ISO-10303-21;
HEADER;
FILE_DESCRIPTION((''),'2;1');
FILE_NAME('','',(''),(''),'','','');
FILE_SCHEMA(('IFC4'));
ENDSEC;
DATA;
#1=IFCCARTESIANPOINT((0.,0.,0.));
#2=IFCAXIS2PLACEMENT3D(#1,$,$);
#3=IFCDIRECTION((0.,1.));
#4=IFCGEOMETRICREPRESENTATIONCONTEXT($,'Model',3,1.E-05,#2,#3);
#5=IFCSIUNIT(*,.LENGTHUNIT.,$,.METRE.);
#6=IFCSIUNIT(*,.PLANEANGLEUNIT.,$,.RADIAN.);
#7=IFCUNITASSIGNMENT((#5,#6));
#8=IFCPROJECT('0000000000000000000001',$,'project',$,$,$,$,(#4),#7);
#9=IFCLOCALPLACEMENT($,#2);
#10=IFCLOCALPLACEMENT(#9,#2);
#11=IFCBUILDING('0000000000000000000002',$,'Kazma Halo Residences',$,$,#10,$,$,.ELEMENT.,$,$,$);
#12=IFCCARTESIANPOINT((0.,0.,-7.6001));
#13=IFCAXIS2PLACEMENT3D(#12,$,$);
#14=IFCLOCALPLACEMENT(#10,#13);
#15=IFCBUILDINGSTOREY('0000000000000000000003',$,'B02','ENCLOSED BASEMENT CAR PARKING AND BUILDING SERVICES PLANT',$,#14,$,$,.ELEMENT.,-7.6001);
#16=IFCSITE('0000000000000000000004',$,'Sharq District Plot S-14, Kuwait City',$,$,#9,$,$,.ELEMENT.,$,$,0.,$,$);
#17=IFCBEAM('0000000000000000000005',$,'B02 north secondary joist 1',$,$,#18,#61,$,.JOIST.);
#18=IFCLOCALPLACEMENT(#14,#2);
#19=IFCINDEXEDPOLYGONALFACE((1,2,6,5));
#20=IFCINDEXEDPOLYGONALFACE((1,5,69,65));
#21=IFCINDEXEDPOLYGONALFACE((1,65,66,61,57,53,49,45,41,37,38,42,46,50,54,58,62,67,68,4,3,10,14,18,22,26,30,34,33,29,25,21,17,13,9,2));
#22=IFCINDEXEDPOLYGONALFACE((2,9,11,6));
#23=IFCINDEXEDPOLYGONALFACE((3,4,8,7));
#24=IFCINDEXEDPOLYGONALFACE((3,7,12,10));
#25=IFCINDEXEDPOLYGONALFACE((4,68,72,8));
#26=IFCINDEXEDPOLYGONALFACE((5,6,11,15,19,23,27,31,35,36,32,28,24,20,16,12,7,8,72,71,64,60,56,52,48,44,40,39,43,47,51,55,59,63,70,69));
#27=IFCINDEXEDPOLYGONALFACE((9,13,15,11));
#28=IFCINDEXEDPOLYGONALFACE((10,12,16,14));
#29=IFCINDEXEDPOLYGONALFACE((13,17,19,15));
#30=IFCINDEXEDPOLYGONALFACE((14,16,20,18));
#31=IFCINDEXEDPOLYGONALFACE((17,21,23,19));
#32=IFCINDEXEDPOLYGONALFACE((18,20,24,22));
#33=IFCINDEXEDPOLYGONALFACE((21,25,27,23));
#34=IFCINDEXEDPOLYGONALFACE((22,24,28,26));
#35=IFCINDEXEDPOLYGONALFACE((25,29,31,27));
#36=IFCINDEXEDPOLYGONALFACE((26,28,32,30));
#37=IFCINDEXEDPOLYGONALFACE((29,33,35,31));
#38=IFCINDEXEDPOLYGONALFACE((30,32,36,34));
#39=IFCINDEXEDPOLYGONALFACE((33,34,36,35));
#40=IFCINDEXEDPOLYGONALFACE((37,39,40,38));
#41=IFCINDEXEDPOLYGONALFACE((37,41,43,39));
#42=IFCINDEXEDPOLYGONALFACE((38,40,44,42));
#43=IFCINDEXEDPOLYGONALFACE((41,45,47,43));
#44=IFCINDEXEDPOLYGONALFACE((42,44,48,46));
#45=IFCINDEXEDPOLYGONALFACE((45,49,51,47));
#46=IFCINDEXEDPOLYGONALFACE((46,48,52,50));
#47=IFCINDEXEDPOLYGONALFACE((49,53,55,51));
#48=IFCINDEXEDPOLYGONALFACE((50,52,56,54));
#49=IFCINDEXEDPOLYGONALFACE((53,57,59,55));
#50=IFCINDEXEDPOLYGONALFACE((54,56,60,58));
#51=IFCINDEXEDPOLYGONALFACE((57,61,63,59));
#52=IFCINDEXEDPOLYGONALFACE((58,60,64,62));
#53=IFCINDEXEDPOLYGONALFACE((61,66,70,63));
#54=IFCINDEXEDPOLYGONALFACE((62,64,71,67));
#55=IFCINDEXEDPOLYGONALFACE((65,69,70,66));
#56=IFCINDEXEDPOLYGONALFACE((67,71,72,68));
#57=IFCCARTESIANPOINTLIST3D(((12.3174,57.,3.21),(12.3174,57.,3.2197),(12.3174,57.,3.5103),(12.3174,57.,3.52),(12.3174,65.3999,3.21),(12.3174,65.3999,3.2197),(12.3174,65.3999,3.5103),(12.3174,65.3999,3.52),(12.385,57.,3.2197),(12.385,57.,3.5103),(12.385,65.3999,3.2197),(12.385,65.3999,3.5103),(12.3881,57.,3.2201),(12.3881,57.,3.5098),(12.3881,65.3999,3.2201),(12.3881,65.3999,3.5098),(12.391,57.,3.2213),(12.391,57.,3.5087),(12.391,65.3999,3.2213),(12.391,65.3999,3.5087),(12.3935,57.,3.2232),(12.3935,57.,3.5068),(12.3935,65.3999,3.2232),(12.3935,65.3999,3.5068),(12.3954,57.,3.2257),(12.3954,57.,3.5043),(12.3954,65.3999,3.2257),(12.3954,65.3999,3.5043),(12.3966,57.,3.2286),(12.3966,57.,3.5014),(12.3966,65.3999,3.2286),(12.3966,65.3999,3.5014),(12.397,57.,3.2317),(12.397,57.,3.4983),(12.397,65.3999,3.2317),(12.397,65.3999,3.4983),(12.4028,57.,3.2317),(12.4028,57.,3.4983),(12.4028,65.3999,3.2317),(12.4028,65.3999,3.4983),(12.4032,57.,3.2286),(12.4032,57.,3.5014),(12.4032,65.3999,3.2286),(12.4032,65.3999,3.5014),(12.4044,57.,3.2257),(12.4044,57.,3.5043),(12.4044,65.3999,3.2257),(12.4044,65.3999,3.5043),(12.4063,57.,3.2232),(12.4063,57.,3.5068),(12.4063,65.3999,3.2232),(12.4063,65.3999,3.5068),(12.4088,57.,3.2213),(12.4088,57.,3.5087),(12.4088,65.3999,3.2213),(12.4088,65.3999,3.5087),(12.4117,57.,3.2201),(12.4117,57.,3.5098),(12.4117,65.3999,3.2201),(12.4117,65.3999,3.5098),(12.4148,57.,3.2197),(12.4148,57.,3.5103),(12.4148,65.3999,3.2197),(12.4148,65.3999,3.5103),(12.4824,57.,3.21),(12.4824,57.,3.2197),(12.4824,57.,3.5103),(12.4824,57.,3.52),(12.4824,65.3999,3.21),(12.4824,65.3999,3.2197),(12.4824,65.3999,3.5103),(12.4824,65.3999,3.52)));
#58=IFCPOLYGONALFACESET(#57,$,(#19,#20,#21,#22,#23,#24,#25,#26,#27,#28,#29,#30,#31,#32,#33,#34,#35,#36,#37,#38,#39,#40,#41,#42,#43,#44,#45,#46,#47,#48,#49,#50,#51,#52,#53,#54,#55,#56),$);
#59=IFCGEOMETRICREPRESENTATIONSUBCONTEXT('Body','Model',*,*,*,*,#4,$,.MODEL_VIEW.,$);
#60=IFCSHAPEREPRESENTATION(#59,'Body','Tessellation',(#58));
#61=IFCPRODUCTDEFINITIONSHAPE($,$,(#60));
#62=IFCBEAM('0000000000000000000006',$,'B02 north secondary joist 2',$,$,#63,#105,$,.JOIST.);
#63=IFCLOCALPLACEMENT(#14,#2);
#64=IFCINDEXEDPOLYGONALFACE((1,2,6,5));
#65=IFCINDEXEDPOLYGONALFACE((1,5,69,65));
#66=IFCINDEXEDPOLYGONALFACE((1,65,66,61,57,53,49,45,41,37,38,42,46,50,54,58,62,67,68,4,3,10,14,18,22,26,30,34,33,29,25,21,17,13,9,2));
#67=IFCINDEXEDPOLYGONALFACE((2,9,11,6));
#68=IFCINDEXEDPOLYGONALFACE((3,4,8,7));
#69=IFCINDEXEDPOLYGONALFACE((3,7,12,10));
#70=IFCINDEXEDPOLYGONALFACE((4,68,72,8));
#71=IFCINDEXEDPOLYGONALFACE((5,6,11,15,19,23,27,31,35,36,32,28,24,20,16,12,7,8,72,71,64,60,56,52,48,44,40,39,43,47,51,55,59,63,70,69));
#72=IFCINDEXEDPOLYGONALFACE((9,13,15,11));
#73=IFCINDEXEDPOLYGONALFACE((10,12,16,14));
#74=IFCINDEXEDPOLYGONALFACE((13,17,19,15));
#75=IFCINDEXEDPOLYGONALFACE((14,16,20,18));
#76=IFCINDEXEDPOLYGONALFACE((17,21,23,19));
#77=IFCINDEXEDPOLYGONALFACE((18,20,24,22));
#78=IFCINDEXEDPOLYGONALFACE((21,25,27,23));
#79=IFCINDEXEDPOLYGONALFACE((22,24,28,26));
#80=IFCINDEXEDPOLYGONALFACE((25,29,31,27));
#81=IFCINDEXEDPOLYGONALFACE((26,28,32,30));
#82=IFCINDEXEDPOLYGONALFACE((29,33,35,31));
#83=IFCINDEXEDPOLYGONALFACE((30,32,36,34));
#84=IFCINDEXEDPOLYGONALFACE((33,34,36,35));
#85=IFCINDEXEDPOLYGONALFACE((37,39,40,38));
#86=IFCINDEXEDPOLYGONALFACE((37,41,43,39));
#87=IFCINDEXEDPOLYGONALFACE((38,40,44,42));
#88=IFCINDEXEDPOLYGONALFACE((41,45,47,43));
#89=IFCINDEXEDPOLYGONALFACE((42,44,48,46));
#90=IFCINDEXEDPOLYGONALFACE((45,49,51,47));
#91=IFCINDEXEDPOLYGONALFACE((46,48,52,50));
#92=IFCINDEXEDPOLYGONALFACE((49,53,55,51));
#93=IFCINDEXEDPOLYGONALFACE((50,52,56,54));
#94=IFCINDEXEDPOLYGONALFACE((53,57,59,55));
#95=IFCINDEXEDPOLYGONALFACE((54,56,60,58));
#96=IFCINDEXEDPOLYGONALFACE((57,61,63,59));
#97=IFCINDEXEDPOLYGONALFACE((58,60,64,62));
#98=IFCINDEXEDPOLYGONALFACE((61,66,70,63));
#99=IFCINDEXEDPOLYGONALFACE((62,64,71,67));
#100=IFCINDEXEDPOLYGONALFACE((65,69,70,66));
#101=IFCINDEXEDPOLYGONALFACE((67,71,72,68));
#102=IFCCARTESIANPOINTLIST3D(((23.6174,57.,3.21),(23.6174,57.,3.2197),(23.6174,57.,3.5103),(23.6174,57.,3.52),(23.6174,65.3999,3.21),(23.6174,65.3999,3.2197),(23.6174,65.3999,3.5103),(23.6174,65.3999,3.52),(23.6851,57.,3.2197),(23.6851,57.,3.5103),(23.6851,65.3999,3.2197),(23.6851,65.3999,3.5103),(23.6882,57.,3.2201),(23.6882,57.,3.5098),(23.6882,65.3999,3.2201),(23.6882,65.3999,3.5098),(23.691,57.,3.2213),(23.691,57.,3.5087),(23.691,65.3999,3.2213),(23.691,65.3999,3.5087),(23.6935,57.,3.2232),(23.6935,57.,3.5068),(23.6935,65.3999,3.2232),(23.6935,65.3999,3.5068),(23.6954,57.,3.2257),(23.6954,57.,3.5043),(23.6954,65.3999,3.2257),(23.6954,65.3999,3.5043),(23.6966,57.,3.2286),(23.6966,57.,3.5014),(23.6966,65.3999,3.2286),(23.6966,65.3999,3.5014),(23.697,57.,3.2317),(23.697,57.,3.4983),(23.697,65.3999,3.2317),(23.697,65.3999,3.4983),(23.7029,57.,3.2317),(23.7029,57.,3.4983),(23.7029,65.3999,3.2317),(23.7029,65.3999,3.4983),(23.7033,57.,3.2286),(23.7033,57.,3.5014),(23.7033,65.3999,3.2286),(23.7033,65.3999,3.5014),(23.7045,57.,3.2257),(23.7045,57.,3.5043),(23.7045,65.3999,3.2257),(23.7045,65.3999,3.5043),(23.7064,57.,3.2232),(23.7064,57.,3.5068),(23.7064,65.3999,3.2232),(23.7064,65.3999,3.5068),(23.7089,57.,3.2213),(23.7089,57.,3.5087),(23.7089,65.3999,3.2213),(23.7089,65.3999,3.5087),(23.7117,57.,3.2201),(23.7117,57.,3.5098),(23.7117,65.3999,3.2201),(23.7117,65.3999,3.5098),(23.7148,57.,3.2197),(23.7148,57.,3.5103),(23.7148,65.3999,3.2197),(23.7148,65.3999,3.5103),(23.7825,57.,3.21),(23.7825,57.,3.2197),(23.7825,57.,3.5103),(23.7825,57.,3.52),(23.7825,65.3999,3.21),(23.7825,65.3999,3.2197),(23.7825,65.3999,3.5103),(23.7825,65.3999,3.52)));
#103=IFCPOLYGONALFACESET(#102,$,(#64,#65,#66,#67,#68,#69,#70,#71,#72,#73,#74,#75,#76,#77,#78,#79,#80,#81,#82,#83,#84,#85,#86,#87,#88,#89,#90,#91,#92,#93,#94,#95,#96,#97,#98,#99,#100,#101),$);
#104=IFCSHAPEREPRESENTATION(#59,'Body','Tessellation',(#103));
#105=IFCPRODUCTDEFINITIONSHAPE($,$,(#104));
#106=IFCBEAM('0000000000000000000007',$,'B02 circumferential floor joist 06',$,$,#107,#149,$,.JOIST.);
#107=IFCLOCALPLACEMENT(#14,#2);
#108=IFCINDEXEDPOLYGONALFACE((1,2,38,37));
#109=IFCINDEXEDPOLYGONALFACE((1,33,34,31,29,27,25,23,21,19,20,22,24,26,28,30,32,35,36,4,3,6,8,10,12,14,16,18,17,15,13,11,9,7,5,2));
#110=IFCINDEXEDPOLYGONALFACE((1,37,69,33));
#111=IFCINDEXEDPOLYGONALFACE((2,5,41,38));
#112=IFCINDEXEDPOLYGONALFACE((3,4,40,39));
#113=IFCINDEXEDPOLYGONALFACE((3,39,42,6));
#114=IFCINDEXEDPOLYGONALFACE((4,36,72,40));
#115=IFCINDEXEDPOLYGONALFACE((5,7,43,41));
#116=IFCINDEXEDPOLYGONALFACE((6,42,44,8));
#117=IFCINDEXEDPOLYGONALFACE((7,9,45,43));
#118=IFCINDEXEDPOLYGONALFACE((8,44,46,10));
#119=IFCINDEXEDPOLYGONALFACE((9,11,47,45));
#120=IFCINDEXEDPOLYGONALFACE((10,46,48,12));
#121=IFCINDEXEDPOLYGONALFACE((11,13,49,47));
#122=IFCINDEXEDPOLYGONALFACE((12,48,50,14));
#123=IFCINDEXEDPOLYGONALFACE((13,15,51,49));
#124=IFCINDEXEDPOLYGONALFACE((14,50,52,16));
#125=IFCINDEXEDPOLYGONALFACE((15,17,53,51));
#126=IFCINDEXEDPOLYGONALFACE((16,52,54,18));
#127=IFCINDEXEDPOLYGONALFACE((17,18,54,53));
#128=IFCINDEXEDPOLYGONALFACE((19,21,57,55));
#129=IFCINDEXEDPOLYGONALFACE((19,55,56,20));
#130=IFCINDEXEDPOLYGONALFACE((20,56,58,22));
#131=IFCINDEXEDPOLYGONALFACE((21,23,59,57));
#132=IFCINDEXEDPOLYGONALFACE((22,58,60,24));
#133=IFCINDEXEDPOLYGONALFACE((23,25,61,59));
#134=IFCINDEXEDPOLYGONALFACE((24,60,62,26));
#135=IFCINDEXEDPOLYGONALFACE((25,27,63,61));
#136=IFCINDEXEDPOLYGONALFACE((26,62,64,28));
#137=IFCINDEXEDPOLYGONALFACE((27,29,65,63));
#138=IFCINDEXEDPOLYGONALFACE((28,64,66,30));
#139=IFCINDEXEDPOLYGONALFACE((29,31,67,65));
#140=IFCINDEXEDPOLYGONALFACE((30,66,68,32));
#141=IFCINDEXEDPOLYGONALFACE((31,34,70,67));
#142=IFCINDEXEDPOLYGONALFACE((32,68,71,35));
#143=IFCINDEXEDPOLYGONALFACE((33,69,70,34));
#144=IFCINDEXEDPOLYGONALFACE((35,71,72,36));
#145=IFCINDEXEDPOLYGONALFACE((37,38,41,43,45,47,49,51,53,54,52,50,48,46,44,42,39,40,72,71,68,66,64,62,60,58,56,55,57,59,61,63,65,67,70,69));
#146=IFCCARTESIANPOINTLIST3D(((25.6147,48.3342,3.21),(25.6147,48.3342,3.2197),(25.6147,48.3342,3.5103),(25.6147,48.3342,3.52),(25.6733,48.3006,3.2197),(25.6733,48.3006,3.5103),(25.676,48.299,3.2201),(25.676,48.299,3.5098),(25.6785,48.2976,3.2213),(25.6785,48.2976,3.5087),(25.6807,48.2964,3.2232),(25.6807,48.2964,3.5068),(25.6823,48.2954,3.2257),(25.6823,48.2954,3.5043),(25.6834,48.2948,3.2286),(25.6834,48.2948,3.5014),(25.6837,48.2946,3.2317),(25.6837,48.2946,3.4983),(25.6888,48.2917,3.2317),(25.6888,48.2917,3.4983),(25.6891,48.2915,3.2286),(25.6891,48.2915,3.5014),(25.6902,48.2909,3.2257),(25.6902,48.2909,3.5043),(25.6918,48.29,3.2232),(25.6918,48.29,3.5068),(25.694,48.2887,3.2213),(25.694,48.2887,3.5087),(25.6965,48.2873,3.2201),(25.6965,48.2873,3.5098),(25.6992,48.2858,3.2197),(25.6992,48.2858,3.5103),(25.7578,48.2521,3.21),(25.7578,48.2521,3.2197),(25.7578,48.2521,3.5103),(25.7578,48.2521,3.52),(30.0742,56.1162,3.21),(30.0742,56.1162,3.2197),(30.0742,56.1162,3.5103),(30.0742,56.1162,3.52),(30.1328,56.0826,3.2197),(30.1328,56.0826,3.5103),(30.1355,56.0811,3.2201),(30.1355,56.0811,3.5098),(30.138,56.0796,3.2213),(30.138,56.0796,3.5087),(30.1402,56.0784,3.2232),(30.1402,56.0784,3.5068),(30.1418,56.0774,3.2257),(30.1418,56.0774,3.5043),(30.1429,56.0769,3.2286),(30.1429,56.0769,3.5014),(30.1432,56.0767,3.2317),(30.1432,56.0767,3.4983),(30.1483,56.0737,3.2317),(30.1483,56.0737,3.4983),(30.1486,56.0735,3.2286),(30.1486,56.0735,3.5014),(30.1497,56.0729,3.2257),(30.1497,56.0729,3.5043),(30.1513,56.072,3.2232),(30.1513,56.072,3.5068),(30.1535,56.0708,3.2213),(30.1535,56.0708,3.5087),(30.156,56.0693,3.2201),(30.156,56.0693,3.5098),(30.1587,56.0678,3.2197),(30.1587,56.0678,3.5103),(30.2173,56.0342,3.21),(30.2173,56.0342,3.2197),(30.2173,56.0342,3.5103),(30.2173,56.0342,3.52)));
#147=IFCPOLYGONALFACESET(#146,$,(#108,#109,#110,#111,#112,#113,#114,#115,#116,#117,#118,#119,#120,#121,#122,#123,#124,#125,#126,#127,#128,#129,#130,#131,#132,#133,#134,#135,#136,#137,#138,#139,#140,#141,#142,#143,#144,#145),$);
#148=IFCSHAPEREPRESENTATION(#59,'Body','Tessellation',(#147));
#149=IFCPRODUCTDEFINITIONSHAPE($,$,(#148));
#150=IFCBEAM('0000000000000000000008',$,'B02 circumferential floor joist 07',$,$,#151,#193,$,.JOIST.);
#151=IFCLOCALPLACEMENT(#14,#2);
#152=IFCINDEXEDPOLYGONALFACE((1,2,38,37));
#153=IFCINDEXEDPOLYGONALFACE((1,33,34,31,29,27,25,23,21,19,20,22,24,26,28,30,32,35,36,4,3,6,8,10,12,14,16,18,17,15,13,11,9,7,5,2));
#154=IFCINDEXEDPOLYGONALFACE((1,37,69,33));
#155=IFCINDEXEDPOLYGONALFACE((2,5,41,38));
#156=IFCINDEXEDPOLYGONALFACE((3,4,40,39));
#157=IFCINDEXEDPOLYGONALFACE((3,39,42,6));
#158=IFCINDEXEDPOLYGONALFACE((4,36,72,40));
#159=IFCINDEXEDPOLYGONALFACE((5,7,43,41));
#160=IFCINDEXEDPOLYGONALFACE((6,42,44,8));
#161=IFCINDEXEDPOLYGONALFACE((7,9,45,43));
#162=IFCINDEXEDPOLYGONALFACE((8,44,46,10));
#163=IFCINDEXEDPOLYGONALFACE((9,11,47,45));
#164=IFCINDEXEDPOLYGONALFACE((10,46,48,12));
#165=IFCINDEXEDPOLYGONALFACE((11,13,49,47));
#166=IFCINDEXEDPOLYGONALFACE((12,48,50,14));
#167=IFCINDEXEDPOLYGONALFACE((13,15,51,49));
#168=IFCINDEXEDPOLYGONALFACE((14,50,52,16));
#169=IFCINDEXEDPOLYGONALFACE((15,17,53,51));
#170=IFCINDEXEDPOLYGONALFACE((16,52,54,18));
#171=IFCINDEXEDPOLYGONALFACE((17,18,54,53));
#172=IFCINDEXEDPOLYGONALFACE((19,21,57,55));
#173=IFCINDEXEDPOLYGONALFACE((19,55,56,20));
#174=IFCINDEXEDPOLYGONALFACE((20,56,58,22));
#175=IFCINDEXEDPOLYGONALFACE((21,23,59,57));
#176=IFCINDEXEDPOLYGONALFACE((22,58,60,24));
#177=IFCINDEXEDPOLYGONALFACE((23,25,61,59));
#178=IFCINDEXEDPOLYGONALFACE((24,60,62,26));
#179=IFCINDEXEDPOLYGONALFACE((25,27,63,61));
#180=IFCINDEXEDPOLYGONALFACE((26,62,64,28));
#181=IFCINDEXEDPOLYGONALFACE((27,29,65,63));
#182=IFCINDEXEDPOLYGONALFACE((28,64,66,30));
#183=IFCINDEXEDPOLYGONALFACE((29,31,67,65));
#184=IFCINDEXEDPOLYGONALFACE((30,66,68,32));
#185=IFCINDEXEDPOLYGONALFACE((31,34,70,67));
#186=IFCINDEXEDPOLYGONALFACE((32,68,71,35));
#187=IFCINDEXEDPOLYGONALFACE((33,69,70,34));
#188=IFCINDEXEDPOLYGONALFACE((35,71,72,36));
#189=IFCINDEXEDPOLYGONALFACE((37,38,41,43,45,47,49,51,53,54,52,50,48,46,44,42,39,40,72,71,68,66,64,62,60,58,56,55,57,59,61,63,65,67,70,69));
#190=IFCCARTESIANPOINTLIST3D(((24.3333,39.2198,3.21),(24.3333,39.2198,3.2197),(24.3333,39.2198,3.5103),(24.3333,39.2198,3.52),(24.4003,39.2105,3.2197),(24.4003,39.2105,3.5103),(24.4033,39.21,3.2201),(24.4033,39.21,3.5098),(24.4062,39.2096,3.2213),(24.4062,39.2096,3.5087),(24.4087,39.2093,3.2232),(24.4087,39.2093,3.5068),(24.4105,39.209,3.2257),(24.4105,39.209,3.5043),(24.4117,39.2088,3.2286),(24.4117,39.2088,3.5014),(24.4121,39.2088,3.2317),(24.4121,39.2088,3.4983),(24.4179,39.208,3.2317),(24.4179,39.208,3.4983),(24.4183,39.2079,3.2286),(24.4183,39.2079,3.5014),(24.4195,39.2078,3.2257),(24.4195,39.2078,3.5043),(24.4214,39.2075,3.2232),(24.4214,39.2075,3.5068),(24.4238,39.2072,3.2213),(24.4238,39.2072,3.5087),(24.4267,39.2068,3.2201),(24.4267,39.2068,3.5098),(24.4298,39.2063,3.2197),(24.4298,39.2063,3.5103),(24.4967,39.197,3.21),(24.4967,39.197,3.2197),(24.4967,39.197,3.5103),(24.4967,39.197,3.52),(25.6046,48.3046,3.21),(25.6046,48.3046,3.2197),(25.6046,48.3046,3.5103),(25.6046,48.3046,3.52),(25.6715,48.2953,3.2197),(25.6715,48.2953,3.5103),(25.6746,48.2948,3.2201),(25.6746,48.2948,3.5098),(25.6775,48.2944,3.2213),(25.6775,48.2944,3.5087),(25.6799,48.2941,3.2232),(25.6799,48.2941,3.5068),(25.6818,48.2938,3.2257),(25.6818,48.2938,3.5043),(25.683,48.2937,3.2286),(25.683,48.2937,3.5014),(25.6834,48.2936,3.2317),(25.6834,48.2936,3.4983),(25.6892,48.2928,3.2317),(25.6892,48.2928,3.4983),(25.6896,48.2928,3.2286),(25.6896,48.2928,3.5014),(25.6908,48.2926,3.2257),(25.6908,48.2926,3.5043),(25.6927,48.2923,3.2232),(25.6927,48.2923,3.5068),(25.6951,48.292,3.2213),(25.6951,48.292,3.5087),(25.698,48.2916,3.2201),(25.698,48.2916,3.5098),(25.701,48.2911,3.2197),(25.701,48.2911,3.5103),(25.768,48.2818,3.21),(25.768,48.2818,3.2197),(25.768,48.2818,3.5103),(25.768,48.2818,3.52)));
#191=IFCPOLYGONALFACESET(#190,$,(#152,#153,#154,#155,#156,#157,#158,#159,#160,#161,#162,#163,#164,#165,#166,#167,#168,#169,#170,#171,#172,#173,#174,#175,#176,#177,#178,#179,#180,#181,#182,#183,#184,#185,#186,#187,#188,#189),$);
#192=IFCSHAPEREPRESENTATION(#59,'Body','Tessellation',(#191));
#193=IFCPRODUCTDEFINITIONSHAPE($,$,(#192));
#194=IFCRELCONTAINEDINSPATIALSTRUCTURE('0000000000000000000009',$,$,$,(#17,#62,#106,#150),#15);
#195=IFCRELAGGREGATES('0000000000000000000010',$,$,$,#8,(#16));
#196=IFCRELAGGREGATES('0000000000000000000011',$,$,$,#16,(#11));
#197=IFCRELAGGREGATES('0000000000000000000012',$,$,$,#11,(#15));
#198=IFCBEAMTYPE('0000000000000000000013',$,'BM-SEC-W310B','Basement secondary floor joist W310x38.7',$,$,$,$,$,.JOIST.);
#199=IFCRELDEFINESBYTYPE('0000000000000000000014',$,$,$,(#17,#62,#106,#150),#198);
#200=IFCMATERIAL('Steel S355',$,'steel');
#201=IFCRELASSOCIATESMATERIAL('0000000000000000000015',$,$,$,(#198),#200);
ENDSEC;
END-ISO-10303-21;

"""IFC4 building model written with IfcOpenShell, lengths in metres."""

from ifc_helpers import new_model, si_unit, direction, frame, origin, origin_2d, place, context, subcontext, project, spatial, i_section, extrude, material, material_profile, profile_set, type_object, element, save


model = new_model("IFC4")

# Units and contexts
model_context = context("Model", 3, precision=1e-05, world=origin(), true_north=direction((0.0, 1.0)))
body_context = subcontext(model_context, "Body", "Model", "MODEL_VIEW")
ifc_project = project(units=[si_unit("LENGTHUNIT", "METRE"), si_unit("PLANEANGLEUNIT", "RADIAN")], contexts=[model_context])

# Site, building, storey
site_placement = place(None, origin())
site = spatial("IfcSite", under=ifc_project, at=site_placement, Name="Sharq District Plot S-14, Kuwait City", CompositionType="ELEMENT", RefElevation=0.0)
building_placement = place(site_placement, origin())
building = spatial("IfcBuilding", under=site, at=building_placement, Name="Kazma Halo Residences", CompositionType="ELEMENT")
storey_placement = place(building_placement, frame((0.0, 0.0, -7.6001)))
storey = spatial("IfcBuildingStorey", under=building, at=storey_placement, Name="B02", Description="ENCLOSED BASEMENT CAR PARKING AND BUILDING SERVICES PLANT", CompositionType="ELEMENT", Elevation=-7.6001)

# Beams
ifc_material_1 = material(Name="Steel S355", Category="steel")
ifc_material_profile_1 = material_profile(ifc_material_1, i_section(OverallWidth=0.165, OverallDepth=0.3101, WebThickness=0.0059, FlangeThickness=0.0098, FilletRadius=0.012, at=origin_2d()), Name="W310x38.7")
ifc_profile_set_1 = profile_set([ifc_material_profile_1], Name="Steel S355")
beam_type_1 = type_object("IfcBeamType", Name="BM-SEC-W310B", Description="Basement secondary floor joist W310x38.7", PredefinedType="JOIST", material=ifc_profile_set_1)
for number, where, z_axis, x_axis, name in (
    (1, (12.3999, 57.0, 3.365), (0.0, 1.0, 0.0), (-1.0, 0.0, 0.0), "B02 north secondary joist 1"),
    (2, (23.7, 57.0, 3.365), (0.0, 1.0, 0.0), (-1.0, 0.0, 0.0), "B02 north secondary joist 2"),
):
    element("IfcBeam", number, at=place(storey_placement, frame(where, z_axis=z_axis, x_axis=x_axis)), inside=storey, type_object=beam_type_1, Name=name, PredefinedType="JOIST", context=body_context, shape_type="SweptSolid", body=[
        extrude(i_section(OverallWidth=0.165, OverallDepth=0.3101, WebThickness=0.0059, FlangeThickness=0.0098, FilletRadius=0.012, at=origin_2d()), origin(), (0.0, 0.0, 1.0), 8.3999),
    ])
beam_1_placement = place(storey_placement, frame((30.1458, 56.0752, 3.365), z_axis=(-0.4972, -0.867636, 0.0), x_axis=(0.867636, -0.4972, 0.0)))
element("IfcBeam", 3, at=beam_1_placement, inside=storey, type_object=beam_type_1, Name="B02 circumferential floor joist 06", PredefinedType="JOIST", context=body_context, shape_type="SweptSolid", body=[
    extrude(i_section(OverallWidth=0.165, OverallDepth=0.3101, WebThickness=0.0059, FlangeThickness=0.0098, FilletRadius=0.012, at=origin_2d()), origin(), (0.0, 0.0, 1.0), 8.9692),
])
beam_2_placement = place(storey_placement, frame((25.6863, 48.2932, 3.365), z_axis=(-0.138582, -0.990351, 0.0), x_axis=(0.990351, -0.138582, 0.0)))
element("IfcBeam", 4, at=beam_2_placement, inside=storey, type_object=beam_type_1, Name="B02 circumferential floor joist 07", PredefinedType="JOIST", context=body_context, shape_type="SweptSolid", body=[
    extrude(i_section(OverallWidth=0.165, OverallDepth=0.3101, WebThickness=0.0059, FlangeThickness=0.0098, FilletRadius=0.012, at=origin_2d()), origin(), (0.0, 0.0, 1.0), 9.1733),
])

save(model, "model.ifc")
